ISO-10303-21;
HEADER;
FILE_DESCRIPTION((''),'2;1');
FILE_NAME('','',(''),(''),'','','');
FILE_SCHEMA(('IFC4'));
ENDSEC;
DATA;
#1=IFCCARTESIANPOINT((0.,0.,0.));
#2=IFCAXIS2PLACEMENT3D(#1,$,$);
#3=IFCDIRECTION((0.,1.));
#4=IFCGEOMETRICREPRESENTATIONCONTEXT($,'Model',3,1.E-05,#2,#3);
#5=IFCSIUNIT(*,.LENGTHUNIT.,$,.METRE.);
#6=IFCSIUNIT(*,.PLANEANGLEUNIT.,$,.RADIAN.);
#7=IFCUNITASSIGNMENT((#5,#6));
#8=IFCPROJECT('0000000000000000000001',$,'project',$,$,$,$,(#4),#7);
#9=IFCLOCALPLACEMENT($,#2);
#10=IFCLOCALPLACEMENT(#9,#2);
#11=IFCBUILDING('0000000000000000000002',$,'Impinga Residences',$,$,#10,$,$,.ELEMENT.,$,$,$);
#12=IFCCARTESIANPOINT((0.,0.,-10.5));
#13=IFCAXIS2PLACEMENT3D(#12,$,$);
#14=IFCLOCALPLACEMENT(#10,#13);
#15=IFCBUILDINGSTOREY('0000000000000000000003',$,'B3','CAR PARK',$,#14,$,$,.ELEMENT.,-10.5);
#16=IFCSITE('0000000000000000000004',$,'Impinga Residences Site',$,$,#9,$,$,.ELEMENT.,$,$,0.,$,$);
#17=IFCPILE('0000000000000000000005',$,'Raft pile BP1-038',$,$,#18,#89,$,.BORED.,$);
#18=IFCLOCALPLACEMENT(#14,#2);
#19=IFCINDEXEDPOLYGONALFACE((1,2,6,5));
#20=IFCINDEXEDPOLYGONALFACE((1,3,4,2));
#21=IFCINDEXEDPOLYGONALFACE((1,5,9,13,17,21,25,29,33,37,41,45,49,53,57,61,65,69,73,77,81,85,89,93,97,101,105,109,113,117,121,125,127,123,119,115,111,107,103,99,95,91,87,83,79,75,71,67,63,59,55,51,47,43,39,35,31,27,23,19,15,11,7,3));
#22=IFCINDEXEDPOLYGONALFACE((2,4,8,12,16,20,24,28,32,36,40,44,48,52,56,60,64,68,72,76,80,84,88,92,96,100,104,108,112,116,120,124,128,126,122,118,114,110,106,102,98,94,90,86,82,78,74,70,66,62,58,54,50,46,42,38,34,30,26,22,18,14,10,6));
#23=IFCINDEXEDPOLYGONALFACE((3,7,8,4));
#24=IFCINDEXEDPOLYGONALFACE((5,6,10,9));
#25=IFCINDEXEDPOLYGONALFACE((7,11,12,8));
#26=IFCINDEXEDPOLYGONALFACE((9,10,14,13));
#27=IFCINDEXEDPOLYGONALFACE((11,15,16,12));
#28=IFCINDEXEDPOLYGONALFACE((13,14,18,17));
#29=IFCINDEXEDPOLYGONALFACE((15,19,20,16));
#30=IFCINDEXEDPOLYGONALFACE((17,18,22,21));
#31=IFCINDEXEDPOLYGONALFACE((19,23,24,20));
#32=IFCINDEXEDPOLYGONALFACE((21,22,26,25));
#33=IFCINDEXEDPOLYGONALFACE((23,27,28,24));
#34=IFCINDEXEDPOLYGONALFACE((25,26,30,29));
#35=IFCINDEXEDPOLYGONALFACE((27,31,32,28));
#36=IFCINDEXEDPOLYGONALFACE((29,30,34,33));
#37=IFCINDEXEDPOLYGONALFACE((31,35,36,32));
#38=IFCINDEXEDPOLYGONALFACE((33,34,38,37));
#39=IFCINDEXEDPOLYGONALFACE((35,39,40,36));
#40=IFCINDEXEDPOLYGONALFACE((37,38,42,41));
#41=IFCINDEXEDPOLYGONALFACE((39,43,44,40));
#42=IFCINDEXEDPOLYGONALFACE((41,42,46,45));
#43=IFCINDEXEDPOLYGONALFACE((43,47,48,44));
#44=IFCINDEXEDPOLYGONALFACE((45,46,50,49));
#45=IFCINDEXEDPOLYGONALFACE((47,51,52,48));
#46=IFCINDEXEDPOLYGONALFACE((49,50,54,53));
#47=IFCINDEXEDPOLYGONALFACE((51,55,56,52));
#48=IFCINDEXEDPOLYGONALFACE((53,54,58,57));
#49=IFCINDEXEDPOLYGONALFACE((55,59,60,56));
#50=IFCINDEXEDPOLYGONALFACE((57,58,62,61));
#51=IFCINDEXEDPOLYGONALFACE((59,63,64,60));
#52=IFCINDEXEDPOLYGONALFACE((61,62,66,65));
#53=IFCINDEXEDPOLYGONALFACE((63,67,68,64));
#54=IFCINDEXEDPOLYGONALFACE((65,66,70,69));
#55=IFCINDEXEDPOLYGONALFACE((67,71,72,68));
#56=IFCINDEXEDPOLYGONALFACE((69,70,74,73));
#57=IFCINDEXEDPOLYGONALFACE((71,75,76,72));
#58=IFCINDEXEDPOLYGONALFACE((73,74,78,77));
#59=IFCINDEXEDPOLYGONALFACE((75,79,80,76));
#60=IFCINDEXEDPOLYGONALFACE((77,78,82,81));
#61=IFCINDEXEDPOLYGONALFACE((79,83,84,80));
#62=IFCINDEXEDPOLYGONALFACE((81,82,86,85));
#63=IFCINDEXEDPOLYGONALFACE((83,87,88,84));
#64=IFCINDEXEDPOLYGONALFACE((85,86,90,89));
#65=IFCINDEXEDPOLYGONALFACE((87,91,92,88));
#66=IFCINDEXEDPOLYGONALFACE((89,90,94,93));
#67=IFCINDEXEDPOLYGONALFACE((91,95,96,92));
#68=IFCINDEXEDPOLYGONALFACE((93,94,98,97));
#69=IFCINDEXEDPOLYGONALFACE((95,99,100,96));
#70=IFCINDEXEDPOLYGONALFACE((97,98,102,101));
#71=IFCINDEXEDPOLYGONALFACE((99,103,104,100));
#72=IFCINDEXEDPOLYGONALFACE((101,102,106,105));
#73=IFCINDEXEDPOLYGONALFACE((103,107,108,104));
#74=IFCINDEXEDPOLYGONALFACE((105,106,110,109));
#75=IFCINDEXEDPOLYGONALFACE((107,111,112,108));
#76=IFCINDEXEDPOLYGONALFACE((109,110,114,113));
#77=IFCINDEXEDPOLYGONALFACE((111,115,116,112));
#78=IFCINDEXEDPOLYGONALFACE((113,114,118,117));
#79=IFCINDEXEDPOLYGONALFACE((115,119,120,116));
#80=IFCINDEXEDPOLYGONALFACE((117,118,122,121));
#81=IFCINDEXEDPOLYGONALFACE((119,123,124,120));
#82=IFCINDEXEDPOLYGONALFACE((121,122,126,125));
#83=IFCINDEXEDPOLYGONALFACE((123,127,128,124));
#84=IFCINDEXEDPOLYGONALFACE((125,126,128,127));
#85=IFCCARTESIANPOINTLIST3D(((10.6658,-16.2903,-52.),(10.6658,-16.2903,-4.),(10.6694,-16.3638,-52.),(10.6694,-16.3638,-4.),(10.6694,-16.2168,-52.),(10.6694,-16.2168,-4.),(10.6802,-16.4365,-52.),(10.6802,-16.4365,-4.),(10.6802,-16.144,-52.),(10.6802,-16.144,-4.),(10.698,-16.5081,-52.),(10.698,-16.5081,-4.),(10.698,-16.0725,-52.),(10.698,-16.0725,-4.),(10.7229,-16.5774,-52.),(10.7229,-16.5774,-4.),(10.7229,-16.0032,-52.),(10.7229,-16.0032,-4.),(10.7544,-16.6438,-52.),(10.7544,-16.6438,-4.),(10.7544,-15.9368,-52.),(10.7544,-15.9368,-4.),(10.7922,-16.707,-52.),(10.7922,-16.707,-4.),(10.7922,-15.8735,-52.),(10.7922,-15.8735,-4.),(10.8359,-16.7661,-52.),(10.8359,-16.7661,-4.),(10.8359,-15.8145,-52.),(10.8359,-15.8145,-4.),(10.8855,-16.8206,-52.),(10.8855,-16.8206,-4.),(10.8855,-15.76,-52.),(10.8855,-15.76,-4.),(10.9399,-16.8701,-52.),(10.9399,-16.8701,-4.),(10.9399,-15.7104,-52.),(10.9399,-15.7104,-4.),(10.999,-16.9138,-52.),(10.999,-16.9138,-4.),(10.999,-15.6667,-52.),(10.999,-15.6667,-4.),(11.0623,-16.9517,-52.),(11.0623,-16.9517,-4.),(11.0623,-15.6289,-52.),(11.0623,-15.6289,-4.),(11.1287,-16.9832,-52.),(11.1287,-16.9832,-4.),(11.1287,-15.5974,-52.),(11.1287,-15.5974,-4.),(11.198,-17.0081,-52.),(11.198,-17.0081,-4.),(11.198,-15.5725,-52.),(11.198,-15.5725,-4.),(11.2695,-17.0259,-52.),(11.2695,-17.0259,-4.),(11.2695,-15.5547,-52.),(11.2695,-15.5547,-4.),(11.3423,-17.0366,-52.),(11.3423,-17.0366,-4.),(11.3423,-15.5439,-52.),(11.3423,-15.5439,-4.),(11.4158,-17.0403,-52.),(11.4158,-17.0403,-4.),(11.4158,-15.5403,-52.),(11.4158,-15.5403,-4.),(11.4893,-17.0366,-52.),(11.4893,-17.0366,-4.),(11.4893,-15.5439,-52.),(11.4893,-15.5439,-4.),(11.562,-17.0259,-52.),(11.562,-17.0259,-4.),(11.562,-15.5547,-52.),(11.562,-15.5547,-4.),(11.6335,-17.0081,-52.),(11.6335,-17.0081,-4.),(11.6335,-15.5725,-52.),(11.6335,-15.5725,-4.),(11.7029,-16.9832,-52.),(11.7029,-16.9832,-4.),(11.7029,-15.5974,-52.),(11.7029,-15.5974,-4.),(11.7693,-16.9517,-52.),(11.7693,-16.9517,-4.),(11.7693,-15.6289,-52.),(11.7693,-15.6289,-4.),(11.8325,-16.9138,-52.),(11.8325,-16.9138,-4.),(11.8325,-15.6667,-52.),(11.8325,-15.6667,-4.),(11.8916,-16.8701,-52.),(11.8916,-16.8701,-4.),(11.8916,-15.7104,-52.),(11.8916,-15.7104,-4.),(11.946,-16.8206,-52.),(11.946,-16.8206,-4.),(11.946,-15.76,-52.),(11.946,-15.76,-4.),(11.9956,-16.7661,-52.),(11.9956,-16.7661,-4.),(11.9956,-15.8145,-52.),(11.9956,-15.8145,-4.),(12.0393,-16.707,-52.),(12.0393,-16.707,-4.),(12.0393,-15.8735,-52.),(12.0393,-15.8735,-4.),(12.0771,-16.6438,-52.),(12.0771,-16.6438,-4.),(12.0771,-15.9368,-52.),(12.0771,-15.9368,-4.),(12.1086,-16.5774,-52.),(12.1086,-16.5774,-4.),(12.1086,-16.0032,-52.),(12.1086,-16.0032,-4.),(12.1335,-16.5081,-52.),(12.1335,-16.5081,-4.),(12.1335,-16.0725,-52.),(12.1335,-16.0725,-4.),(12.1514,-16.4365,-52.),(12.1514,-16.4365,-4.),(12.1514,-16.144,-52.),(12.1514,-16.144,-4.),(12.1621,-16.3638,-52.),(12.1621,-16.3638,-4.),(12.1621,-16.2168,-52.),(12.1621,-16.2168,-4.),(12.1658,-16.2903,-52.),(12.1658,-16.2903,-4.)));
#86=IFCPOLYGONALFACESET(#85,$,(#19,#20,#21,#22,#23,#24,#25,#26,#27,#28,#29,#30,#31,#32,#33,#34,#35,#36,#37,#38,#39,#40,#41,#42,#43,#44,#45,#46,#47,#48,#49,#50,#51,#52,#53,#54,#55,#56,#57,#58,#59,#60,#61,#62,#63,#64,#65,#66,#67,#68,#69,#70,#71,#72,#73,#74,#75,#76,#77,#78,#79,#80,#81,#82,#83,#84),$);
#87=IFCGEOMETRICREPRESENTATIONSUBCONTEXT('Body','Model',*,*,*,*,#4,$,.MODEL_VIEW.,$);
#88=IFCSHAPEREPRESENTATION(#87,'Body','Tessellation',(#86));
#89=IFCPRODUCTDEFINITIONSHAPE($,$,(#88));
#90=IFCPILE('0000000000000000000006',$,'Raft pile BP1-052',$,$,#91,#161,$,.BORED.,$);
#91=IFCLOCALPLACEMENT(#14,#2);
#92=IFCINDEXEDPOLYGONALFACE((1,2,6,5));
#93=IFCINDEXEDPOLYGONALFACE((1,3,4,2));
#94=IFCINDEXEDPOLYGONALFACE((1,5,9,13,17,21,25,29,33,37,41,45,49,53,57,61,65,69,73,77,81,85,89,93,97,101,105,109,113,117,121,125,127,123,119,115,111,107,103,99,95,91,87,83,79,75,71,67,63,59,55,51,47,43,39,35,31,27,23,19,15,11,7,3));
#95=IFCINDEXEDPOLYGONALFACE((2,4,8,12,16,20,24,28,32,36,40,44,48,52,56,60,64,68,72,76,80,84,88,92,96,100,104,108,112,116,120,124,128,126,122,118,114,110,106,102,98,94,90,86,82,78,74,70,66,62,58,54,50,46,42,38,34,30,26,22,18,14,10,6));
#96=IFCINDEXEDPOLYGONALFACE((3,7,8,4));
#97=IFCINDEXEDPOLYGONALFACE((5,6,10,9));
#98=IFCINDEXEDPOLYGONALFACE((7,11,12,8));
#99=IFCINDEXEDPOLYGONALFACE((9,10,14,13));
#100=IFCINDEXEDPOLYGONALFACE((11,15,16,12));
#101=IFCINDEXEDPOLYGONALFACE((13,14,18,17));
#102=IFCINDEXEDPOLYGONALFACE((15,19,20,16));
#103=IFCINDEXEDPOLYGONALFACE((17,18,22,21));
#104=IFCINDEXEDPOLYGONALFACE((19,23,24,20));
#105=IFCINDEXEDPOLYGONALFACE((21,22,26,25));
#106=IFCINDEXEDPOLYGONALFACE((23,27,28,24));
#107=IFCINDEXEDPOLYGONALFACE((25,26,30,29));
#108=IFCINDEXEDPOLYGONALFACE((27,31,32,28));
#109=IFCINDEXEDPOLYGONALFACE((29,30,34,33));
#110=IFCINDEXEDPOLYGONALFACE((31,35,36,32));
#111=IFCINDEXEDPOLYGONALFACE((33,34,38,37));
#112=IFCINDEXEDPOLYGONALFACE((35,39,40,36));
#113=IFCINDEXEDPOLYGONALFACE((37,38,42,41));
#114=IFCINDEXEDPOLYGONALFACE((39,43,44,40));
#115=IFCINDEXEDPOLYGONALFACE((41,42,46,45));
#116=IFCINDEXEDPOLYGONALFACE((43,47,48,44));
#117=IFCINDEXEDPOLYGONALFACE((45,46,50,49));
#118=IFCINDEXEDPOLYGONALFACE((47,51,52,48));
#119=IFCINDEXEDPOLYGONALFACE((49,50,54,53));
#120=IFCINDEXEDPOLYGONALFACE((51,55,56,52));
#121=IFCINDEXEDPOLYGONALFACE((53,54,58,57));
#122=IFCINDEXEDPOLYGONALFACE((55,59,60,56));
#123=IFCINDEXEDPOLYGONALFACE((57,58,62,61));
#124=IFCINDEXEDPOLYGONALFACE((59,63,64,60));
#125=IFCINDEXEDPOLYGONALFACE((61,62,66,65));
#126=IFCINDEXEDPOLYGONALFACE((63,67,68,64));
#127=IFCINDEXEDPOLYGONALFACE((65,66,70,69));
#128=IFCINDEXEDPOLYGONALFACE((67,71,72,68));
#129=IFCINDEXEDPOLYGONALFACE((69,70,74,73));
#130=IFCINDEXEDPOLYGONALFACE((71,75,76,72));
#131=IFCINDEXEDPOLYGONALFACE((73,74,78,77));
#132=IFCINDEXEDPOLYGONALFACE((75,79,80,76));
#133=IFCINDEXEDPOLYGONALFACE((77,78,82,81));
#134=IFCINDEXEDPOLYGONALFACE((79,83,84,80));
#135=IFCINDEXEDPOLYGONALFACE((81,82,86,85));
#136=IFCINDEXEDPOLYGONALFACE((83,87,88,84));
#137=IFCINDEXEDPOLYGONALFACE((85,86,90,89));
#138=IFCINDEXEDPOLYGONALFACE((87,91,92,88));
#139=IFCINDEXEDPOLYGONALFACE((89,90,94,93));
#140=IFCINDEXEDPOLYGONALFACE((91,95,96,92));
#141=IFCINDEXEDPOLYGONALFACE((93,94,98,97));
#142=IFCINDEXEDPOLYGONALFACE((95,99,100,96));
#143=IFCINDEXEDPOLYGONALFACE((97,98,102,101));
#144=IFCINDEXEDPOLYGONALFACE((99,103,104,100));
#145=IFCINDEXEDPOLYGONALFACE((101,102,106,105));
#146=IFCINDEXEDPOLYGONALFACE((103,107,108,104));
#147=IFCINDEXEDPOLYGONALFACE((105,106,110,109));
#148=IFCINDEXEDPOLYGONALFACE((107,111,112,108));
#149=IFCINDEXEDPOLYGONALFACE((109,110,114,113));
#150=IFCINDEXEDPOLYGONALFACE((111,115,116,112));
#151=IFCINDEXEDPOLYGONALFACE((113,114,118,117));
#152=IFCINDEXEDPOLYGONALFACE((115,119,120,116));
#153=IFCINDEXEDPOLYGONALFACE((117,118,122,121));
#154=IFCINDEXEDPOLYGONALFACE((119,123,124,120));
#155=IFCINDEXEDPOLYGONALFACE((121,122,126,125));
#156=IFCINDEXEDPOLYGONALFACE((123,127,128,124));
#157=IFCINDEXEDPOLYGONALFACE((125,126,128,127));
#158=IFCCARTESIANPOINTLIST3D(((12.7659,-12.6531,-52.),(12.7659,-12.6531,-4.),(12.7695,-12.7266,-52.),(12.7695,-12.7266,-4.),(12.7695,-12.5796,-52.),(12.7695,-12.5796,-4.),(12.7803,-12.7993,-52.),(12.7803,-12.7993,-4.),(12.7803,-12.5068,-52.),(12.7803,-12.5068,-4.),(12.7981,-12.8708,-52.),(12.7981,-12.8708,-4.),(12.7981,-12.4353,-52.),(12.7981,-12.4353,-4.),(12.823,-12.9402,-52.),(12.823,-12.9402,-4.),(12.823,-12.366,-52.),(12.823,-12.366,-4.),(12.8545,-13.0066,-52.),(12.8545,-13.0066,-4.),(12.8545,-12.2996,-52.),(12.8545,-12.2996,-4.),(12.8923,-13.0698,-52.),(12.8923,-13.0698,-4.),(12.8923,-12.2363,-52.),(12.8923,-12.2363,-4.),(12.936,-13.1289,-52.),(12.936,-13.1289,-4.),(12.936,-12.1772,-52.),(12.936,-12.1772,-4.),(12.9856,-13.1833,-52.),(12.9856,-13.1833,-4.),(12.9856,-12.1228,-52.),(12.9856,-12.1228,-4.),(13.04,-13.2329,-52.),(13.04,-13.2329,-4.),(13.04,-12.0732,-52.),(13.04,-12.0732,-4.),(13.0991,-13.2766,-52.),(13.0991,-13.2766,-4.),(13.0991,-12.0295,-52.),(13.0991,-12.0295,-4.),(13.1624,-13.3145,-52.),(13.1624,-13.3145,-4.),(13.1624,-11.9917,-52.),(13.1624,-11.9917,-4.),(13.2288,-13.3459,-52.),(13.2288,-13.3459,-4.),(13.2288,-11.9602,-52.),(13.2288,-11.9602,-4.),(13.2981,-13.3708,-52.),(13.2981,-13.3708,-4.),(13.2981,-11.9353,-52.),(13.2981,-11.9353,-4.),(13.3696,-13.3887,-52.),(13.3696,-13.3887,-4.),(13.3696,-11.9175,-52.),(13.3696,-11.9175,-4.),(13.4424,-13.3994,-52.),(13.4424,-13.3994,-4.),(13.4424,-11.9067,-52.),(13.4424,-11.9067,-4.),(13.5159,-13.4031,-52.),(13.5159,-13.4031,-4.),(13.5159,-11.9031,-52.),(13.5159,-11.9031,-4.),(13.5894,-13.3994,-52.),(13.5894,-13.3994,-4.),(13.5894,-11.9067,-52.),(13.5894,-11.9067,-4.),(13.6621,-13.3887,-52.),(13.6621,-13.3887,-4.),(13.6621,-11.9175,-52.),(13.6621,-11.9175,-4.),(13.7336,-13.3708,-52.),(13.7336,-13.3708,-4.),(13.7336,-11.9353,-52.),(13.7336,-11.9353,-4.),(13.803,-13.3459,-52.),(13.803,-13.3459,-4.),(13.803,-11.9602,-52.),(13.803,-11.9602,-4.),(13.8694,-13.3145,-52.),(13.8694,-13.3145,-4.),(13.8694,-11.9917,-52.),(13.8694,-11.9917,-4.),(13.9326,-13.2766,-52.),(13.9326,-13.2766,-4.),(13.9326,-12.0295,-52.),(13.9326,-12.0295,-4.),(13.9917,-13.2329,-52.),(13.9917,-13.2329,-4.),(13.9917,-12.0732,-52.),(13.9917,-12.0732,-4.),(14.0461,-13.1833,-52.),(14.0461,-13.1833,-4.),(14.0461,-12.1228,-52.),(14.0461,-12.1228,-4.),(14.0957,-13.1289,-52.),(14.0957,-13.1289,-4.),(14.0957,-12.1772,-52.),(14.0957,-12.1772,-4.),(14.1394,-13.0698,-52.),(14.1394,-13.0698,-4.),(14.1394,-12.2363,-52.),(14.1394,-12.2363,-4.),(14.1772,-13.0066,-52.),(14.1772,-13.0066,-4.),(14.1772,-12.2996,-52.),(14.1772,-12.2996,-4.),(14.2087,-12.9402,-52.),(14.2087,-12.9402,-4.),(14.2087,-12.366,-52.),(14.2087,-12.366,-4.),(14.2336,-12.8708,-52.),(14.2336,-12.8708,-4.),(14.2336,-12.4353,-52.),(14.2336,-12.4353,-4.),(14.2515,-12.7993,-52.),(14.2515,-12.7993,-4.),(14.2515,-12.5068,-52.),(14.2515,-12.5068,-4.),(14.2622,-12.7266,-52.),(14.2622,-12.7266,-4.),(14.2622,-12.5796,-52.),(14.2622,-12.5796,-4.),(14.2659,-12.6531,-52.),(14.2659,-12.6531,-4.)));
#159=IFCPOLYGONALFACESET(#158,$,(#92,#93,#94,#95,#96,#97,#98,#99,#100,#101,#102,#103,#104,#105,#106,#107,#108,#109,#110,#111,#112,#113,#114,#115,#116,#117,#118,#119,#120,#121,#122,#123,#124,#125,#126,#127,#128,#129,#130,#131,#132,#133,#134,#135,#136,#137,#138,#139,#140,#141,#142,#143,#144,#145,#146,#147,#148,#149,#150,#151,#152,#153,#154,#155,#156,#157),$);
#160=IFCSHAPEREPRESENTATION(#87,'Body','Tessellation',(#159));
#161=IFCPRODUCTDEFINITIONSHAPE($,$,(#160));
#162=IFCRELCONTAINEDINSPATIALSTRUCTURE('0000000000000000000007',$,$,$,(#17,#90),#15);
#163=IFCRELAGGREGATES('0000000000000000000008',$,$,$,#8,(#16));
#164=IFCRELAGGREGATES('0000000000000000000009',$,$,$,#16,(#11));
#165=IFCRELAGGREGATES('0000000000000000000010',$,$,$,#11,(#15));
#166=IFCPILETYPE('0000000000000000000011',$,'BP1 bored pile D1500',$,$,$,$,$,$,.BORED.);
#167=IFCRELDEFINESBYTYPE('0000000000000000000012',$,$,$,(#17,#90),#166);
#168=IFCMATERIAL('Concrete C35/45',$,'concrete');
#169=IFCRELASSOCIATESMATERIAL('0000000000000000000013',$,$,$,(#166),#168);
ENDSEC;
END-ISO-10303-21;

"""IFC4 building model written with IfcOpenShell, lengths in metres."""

from ifc_helpers import new_model, si_unit, direction, frame, origin, origin_2d, place, context, subcontext, project, spatial, polyline, circle, outline, extrude, material, material_profile, profile_set, type_object, element, save


model = new_model("IFC4")

# Units and contexts
model_context = context("Model", 3, precision=1e-05, world=origin(), true_north=direction((0.0, 1.0)))
body_context = subcontext(model_context, "Body", "Model", "MODEL_VIEW")
ifc_project = project(units=[si_unit("LENGTHUNIT", "METRE"), si_unit("PLANEANGLEUNIT", "RADIAN")], contexts=[model_context])

# Site, building, storey
site_placement = place(None, origin())
site = spatial("IfcSite", under=ifc_project, at=site_placement, Name="Impinga Residences Site", CompositionType="ELEMENT", RefElevation=0.0)
building_placement = place(site_placement, origin())
building = spatial("IfcBuilding", under=site, at=building_placement, Name="Impinga Residences", CompositionType="ELEMENT")
storey_placement = place(building_placement, frame((0.0, 0.0, -10.5)))
storey = spatial("IfcBuildingStorey", under=building, at=storey_placement, Name="B3", Description="CAR PARK", CompositionType="ELEMENT", Elevation=-10.5)

# Piles
ifc_material_1 = material(Name="Concrete C35/45", Category="concrete")
ifc_material_profile_1 = material_profile(ifc_material_1, circle(Radius=0.75, at=origin_2d()), Name="D1500")
ifc_profile_set_1 = profile_set([ifc_material_profile_1], Name="Concrete C35/45")
pile_type_1 = type_object("IfcPileType", Name="BP1 bored pile D1500", PredefinedType="BORED", material=ifc_profile_set_1)
pile_1_placement = place(storey_placement, frame((11.4158, -16.2903, -4.0), z_axis=(0.0, 0.0, -1.0), x_axis=(1.0, 0.0, 0.0)))
element("IfcPile", 1, at=pile_1_placement, inside=storey, type_object=pile_type_1, Name="Raft pile BP1-038", PredefinedType="BORED", context=body_context, shape_type="SweptSolid", body=[
    extrude(outline(polyline([(0.75, 0.0), (0.7463, 0.0735), (0.7356, 0.1462), (0.7178, 0.2178), (0.6929, 0.2871), (0.6614, 0.3535), (0.6235, 0.4167), (0.5798, 0.4758), (0.5303, 0.5303), (0.4758, 0.5798), (0.4167, 0.6235), (0.3535, 0.6614), (0.2871, 0.6929), (0.2178, 0.7178), (0.1462, 0.7356), (0.0735, 0.7463), (0.0, 0.75), (-0.0735, 0.7463), (-0.1462, 0.7356), (-0.2178, 0.7178), (-0.2871, 0.6929), (-0.3535, 0.6614), (-0.4167, 0.6235), (-0.4758, 0.5798), (-0.5303, 0.5303), (-0.5798, 0.4758), (-0.6235, 0.4167), (-0.6614, 0.3535), (-0.6929, 0.2871), (-0.7178, 0.2178), (-0.7356, 0.1462), (-0.7463, 0.0735), (-0.75, 0.0), (-0.7463, -0.0735), (-0.7356, -0.1462), (-0.7178, -0.2178), (-0.6929, -0.2871), (-0.6614, -0.3535), (-0.6235, -0.4167), (-0.5798, -0.4758), (-0.5303, -0.5303), (-0.4758, -0.5798), (-0.4167, -0.6235), (-0.3535, -0.6614), (-0.2871, -0.6929), (-0.2178, -0.7178), (-0.1462, -0.7356), (-0.0735, -0.7463), (0.0, -0.75), (0.0735, -0.7463), (0.1462, -0.7356), (0.2178, -0.7178), (0.2871, -0.6929), (0.3535, -0.6614), (0.4167, -0.6235), (0.4758, -0.5798), (0.5303, -0.5303), (0.5798, -0.4758), (0.6235, -0.4167), (0.6614, -0.3535), (0.6929, -0.2871), (0.7178, -0.2178), (0.7356, -0.1462), (0.7463, -0.0735), (0.75, 0.0)])), origin(), (0.0, 0.0, 1.0), 48.0),
])
pile_2_placement = place(storey_placement, frame((13.5159, -12.6531, -4.0), z_axis=(0.0, 0.0, -1.0), x_axis=(1.0, 0.0, 0.0)))
element("IfcPile", 2, at=pile_2_placement, inside=storey, type_object=pile_type_1, Name="Raft pile BP1-052", PredefinedType="BORED", context=body_context, shape_type="SweptSolid", body=[
    extrude(outline(polyline([(0.75, 0.0), (0.7463, 0.0735), (0.7356, 0.1462), (0.7178, 0.2178), (0.6929, 0.2871), (0.6614, 0.3535), (0.6235, 0.4167), (0.5798, 0.4758), (0.5303, 0.5303), (0.4758, 0.5798), (0.4167, 0.6235), (0.3535, 0.6614), (0.2871, 0.6929), (0.2178, 0.7178), (0.1462, 0.7356), (0.0735, 0.7463), (0.0, 0.75), (-0.0735, 0.7463), (-0.1462, 0.7356), (-0.2178, 0.7178), (-0.2871, 0.6929), (-0.3535, 0.6614), (-0.4167, 0.6235), (-0.4758, 0.5798), (-0.5303, 0.5303), (-0.5798, 0.4758), (-0.6235, 0.4167), (-0.6614, 0.3535), (-0.6929, 0.2871), (-0.7178, 0.2178), (-0.7356, 0.1462), (-0.7463, 0.0735), (-0.75, 0.0), (-0.7463, -0.0735), (-0.7356, -0.1462), (-0.7178, -0.2178), (-0.6929, -0.2871), (-0.6614, -0.3535), (-0.6235, -0.4167), (-0.5798, -0.4758), (-0.5303, -0.5303), (-0.4758, -0.5798), (-0.4167, -0.6235), (-0.3535, -0.6614), (-0.2871, -0.6929), (-0.2178, -0.7178), (-0.1462, -0.7356), (-0.0735, -0.7463), (0.0, -0.75), (0.0735, -0.7463), (0.1462, -0.7356), (0.2178, -0.7178), (0.2871, -0.6929), (0.3535, -0.6614), (0.4167, -0.6235), (0.4758, -0.5798), (0.5303, -0.5303), (0.5798, -0.4758), (0.6235, -0.4167), (0.6614, -0.3535), (0.6929, -0.2871), (0.7178, -0.2178), (0.7356, -0.1462), (0.7463, -0.0735), (0.75, 0.0)])), origin(), (0.0, 0.0, 1.0), 48.0),
])

save(model, "model.ifc")
